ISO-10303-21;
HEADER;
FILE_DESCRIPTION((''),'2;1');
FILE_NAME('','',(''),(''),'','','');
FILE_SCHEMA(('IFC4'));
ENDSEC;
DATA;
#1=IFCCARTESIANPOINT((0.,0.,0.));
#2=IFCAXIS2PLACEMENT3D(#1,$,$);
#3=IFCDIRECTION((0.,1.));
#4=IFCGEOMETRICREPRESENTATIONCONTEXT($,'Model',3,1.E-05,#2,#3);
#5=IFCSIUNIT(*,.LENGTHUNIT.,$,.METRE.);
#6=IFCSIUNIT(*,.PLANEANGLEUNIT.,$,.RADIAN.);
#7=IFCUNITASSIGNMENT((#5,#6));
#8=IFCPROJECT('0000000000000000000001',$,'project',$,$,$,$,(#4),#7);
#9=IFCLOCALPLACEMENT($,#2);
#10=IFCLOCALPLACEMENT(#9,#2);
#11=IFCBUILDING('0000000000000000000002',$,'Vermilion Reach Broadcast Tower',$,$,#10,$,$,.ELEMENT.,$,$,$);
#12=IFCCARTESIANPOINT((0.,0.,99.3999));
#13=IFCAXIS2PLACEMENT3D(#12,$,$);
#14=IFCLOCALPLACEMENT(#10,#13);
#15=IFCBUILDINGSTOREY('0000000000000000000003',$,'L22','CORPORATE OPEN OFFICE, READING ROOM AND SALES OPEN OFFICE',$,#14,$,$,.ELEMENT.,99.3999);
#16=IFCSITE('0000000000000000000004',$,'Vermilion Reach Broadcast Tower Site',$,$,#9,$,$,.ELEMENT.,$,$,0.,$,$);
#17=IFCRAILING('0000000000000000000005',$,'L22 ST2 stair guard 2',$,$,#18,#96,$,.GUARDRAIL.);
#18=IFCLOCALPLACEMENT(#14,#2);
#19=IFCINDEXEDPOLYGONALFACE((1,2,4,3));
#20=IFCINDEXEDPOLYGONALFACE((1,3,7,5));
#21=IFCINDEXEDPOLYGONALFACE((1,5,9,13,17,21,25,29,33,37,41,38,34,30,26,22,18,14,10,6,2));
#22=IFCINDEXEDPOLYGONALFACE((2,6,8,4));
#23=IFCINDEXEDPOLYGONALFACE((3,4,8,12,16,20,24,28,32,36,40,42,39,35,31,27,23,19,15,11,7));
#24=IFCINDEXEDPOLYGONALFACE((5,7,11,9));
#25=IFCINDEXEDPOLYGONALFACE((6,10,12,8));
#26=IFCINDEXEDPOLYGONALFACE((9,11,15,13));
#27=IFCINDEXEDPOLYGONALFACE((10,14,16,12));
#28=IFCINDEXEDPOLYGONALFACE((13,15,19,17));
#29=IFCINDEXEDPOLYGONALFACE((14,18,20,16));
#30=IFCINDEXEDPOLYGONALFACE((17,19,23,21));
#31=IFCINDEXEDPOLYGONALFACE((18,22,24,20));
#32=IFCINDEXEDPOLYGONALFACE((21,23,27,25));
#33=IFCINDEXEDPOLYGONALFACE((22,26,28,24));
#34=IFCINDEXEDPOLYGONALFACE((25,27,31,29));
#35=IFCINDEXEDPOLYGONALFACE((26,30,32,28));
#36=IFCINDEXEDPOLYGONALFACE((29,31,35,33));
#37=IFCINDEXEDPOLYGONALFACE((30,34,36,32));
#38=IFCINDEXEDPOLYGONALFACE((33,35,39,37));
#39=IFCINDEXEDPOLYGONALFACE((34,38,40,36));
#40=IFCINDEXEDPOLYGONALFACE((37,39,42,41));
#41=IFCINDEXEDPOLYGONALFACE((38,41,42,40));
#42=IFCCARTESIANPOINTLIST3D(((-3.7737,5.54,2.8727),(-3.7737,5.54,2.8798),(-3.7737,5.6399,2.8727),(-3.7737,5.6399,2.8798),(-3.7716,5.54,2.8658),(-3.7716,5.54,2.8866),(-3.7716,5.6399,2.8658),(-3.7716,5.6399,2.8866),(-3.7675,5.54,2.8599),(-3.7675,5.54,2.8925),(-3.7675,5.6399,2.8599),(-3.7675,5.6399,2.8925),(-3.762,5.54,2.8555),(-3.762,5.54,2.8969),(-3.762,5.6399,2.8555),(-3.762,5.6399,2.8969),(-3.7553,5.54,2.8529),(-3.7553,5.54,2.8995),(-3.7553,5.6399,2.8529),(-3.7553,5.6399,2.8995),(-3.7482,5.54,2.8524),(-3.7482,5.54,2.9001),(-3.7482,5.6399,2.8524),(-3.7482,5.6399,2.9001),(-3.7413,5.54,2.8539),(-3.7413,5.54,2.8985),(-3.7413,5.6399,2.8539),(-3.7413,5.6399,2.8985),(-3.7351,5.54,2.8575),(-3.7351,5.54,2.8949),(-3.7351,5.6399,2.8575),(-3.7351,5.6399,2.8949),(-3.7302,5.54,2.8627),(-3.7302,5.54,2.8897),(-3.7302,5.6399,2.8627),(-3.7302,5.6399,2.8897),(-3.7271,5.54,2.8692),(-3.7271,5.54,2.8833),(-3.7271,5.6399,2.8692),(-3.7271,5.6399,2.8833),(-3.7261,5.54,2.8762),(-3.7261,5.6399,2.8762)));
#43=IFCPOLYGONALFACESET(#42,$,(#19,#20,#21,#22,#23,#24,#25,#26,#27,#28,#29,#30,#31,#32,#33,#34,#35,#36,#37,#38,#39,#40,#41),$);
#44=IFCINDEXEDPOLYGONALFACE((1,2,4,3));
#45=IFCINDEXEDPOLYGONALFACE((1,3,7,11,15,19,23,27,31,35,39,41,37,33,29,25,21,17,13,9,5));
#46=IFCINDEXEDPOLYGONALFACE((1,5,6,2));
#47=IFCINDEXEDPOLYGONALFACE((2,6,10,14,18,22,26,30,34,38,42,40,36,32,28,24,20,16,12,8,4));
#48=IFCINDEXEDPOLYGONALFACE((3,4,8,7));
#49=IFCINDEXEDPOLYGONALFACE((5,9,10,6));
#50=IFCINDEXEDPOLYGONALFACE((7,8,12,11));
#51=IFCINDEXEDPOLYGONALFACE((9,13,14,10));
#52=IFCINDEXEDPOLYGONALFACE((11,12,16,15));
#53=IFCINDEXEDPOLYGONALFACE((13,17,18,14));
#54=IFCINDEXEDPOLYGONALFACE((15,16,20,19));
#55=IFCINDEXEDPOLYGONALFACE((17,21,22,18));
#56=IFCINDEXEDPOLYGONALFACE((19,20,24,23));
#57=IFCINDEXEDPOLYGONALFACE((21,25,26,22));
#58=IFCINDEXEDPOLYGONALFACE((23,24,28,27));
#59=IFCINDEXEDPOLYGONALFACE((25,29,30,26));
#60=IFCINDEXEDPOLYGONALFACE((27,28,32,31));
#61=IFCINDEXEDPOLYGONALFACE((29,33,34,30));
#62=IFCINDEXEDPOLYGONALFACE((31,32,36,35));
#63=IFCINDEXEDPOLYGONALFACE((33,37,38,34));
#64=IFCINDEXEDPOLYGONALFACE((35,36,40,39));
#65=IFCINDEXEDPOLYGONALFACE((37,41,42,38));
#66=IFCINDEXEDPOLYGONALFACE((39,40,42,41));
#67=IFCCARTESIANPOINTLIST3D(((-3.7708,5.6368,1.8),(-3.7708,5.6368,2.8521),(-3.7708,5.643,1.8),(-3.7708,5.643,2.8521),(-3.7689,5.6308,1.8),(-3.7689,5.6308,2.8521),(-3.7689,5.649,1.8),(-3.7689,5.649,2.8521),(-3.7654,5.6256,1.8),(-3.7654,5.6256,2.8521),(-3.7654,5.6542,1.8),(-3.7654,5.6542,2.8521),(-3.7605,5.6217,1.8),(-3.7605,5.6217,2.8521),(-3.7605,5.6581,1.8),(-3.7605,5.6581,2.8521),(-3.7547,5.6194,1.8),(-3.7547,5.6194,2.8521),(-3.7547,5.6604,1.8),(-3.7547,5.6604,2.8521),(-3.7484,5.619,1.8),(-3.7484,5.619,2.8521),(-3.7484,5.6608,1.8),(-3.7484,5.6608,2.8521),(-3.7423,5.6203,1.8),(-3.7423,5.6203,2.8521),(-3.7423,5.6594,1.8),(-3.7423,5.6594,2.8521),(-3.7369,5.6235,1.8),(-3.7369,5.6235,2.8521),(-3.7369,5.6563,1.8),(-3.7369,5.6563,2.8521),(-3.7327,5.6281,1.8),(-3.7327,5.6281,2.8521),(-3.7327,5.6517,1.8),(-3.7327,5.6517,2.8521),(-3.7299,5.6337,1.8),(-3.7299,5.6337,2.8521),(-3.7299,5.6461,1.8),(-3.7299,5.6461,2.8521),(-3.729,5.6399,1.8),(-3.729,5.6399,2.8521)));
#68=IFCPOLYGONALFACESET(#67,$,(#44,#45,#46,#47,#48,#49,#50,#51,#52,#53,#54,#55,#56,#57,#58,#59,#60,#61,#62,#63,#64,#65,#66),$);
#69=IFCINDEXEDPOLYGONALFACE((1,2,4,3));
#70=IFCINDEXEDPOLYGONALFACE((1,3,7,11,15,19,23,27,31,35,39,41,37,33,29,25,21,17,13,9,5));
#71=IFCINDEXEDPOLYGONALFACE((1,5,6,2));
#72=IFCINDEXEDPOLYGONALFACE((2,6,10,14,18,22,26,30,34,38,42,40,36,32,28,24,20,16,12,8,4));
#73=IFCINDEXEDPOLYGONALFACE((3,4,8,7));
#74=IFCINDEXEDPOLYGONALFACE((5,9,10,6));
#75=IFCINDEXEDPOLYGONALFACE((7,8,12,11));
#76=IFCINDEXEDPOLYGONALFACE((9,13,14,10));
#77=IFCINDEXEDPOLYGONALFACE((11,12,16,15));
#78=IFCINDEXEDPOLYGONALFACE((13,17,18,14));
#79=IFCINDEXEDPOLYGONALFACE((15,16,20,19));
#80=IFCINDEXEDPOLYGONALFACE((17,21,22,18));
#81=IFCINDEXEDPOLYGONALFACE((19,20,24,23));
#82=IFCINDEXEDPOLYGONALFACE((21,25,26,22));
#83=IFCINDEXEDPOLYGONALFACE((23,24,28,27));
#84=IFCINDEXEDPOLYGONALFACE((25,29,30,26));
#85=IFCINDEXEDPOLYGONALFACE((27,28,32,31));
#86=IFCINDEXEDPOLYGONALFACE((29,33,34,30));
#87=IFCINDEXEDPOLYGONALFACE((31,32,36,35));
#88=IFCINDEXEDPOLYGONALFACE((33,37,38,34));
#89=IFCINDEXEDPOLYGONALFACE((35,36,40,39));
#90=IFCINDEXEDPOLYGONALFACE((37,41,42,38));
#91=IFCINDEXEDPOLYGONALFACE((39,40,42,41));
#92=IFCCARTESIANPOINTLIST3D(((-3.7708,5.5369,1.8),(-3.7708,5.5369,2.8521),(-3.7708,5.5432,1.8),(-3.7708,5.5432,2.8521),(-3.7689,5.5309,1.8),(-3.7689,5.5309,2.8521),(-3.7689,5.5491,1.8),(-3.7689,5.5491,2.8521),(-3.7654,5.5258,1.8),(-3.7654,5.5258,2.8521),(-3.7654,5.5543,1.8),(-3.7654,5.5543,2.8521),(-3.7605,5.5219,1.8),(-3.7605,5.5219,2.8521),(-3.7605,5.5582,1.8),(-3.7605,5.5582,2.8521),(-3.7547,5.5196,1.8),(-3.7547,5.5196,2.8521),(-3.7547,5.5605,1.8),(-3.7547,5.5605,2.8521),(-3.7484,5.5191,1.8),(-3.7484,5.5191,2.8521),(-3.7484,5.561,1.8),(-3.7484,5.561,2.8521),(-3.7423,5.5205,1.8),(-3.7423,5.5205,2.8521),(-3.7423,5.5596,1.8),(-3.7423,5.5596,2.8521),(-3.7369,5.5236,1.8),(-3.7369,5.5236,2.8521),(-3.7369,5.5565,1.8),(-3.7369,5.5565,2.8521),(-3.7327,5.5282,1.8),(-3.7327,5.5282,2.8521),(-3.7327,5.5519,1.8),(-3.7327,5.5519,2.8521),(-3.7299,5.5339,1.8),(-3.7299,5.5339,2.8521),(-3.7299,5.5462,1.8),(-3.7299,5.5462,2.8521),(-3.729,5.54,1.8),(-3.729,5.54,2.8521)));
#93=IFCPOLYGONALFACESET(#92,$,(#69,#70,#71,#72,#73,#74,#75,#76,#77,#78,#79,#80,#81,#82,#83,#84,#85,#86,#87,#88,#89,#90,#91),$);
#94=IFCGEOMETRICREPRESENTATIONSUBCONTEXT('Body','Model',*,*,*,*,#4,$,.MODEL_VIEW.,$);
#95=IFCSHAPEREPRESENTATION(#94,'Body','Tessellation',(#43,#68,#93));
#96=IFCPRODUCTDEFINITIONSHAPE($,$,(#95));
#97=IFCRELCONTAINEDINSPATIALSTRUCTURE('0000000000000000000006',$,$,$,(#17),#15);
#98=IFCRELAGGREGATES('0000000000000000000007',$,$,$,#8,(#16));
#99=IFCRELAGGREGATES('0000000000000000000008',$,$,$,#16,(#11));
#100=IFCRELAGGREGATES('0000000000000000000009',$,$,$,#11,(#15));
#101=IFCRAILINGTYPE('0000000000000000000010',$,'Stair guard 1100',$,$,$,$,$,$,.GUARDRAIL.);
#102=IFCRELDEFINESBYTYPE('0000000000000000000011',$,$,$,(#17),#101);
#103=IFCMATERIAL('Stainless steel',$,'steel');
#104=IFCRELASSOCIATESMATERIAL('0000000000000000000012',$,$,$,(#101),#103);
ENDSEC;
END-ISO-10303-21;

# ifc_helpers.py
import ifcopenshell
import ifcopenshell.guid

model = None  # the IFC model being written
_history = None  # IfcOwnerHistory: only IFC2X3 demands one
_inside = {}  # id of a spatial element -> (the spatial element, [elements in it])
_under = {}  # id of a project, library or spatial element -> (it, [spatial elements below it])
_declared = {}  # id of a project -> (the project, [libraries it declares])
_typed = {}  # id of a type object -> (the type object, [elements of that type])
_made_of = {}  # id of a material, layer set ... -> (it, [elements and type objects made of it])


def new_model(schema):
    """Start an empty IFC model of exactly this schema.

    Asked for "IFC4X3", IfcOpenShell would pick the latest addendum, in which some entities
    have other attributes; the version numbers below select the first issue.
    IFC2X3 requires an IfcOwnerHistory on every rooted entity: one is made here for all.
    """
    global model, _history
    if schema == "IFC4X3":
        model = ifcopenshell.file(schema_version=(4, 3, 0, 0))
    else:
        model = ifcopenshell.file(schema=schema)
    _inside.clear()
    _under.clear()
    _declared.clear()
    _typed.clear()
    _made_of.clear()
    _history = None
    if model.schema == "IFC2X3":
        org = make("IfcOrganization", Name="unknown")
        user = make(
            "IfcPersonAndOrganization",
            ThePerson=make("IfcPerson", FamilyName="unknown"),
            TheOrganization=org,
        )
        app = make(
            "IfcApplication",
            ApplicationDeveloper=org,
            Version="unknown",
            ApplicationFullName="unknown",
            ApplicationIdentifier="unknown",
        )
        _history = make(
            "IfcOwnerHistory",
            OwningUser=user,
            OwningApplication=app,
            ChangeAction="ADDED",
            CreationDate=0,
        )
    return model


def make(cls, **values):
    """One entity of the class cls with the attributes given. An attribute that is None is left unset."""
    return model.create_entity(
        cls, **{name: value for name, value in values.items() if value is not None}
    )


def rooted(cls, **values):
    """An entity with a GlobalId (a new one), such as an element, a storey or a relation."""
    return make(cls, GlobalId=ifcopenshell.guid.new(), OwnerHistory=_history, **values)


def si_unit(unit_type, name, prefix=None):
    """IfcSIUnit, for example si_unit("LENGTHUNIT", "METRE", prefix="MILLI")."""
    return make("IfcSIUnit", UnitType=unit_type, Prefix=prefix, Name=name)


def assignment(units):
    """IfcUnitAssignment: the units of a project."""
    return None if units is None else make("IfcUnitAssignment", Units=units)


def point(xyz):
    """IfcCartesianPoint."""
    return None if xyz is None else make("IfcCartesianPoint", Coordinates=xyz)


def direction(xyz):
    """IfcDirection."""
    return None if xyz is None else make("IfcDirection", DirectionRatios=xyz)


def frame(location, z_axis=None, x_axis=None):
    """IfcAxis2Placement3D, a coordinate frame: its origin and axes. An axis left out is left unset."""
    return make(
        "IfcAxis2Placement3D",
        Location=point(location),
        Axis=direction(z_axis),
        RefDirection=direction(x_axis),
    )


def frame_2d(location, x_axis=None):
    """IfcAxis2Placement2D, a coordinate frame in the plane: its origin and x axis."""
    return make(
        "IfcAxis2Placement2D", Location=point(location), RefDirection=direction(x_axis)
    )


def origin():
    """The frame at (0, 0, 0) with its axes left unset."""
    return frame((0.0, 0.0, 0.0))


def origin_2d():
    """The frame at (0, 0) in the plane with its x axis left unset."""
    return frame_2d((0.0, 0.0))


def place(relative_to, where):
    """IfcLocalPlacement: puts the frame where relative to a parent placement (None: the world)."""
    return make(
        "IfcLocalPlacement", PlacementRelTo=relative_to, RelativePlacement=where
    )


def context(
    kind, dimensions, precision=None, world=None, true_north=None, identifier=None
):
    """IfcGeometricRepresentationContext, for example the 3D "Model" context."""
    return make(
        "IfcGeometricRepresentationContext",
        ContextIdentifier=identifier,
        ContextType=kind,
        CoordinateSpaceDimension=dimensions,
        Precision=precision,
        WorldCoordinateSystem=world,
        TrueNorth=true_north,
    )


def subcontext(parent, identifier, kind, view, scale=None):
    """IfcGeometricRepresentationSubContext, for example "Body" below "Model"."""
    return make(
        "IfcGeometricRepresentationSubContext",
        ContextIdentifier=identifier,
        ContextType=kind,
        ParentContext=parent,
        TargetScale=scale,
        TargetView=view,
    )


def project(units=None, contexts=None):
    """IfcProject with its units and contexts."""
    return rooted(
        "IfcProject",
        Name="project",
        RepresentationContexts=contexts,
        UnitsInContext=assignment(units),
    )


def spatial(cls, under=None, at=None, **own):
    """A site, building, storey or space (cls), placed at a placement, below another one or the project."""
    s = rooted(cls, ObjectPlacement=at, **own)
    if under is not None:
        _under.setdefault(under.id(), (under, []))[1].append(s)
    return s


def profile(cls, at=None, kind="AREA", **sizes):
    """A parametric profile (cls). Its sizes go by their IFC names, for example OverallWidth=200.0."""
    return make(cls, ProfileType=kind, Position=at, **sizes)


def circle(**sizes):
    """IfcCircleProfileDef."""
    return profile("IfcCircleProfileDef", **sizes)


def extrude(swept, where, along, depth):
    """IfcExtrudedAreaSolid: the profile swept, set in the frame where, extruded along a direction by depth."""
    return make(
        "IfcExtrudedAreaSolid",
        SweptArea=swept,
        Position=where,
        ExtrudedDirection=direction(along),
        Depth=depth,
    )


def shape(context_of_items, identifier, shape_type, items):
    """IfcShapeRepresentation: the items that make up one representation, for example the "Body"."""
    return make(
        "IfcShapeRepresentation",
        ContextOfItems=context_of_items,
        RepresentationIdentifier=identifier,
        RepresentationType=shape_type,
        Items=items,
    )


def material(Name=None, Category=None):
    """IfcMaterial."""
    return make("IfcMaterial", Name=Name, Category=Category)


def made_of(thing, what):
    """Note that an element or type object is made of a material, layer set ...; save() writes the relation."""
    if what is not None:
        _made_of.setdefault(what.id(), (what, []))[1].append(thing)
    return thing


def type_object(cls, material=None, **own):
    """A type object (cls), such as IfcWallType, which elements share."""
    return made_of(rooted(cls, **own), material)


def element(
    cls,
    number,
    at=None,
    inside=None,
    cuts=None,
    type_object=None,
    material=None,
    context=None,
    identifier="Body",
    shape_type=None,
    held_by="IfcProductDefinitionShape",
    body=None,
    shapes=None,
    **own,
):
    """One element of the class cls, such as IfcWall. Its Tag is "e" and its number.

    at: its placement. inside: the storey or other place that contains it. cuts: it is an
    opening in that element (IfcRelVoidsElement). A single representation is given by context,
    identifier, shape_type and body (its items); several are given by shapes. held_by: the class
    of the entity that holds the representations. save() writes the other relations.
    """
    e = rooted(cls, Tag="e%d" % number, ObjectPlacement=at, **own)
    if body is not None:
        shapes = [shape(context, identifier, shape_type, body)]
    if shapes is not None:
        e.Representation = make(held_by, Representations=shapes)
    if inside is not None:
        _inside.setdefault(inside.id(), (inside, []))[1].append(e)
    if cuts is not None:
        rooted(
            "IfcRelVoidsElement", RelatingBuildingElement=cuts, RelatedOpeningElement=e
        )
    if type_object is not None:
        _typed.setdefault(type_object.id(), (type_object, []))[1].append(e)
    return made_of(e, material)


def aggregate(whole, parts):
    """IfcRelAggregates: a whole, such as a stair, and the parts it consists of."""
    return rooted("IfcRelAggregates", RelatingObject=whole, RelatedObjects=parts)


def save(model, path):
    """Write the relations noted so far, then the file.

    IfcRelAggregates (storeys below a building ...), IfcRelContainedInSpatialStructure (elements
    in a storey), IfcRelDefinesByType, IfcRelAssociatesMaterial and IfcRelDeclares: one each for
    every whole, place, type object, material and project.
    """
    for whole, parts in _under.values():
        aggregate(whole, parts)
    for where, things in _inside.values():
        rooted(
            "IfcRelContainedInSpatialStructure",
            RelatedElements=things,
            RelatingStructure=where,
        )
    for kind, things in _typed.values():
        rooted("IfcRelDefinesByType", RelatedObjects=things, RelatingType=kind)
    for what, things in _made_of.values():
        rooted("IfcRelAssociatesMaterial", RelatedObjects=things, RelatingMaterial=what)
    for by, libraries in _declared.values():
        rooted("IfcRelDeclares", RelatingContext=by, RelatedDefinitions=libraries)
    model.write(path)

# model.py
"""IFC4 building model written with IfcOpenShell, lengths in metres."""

from ifc_helpers import new_model, si_unit, direction, frame, origin, origin_2d, place, context, subcontext, project, spatial, circle, extrude, material, type_object, element, save


model = new_model("IFC4")

# Units and contexts
model_context = context("Model", 3, precision=1e-05, world=origin(), true_north=direction((0.0, 1.0)))
body_context = subcontext(model_context, "Body", "Model", "MODEL_VIEW")
ifc_project = project(units=[si_unit("LENGTHUNIT", "METRE"), si_unit("PLANEANGLEUNIT", "RADIAN")], contexts=[model_context])

# Site, building, storey
site_placement = place(None, origin())
site = spatial("IfcSite", under=ifc_project, at=site_placement, Name="Vermilion Reach Broadcast Tower Site", CompositionType="ELEMENT", RefElevation=0.0)
building_placement = place(site_placement, origin())
building = spatial("IfcBuilding", under=site, at=building_placement, Name="Vermilion Reach Broadcast Tower", CompositionType="ELEMENT")
storey_placement = place(building_placement, frame((0.0, 0.0, 99.3999)))
storey = spatial("IfcBuildingStorey", under=building, at=storey_placement, Name="L22", Description="CORPORATE OPEN OFFICE, READING ROOM AND SALES OPEN OFFICE", CompositionType="ELEMENT", Elevation=99.3999)

# Railing
ifc_material_1 = material(Name="Stainless steel", Category="steel")
railing_type_1 = type_object("IfcRailingType", Name="Stair guard 1100", PredefinedType="GUARDRAIL", material=ifc_material_1)
railing_1_placement = place(storey_placement, frame((-3.75, 5.6399, 1.8)))
element("IfcRailing", 1, at=railing_1_placement, inside=storey, type_object=railing_type_1, Name="L22 ST2 stair guard 2", PredefinedType="GUARDRAIL", context=body_context, shape_type="SweptSolid", body=[
    extrude(circle(Radius=0.0239, at=origin_2d()), frame((0.0, 0.0, 1.0762), z_axis=(0.0, -1.0, 0.0), x_axis=(1.0, 0.0, 0.0)), (0.0, 0.0, 1.0), 0.0999),
    extrude(circle(Radius=0.021, at=origin_2d()), origin(), (0.0, 0.0, 1.0), 1.052),
    extrude(circle(Radius=0.021, at=origin_2d()), frame((0.0, -0.0999, 0.0)), (0.0, 0.0, 1.0), 1.052),
])

save(model, "model.ifc")
